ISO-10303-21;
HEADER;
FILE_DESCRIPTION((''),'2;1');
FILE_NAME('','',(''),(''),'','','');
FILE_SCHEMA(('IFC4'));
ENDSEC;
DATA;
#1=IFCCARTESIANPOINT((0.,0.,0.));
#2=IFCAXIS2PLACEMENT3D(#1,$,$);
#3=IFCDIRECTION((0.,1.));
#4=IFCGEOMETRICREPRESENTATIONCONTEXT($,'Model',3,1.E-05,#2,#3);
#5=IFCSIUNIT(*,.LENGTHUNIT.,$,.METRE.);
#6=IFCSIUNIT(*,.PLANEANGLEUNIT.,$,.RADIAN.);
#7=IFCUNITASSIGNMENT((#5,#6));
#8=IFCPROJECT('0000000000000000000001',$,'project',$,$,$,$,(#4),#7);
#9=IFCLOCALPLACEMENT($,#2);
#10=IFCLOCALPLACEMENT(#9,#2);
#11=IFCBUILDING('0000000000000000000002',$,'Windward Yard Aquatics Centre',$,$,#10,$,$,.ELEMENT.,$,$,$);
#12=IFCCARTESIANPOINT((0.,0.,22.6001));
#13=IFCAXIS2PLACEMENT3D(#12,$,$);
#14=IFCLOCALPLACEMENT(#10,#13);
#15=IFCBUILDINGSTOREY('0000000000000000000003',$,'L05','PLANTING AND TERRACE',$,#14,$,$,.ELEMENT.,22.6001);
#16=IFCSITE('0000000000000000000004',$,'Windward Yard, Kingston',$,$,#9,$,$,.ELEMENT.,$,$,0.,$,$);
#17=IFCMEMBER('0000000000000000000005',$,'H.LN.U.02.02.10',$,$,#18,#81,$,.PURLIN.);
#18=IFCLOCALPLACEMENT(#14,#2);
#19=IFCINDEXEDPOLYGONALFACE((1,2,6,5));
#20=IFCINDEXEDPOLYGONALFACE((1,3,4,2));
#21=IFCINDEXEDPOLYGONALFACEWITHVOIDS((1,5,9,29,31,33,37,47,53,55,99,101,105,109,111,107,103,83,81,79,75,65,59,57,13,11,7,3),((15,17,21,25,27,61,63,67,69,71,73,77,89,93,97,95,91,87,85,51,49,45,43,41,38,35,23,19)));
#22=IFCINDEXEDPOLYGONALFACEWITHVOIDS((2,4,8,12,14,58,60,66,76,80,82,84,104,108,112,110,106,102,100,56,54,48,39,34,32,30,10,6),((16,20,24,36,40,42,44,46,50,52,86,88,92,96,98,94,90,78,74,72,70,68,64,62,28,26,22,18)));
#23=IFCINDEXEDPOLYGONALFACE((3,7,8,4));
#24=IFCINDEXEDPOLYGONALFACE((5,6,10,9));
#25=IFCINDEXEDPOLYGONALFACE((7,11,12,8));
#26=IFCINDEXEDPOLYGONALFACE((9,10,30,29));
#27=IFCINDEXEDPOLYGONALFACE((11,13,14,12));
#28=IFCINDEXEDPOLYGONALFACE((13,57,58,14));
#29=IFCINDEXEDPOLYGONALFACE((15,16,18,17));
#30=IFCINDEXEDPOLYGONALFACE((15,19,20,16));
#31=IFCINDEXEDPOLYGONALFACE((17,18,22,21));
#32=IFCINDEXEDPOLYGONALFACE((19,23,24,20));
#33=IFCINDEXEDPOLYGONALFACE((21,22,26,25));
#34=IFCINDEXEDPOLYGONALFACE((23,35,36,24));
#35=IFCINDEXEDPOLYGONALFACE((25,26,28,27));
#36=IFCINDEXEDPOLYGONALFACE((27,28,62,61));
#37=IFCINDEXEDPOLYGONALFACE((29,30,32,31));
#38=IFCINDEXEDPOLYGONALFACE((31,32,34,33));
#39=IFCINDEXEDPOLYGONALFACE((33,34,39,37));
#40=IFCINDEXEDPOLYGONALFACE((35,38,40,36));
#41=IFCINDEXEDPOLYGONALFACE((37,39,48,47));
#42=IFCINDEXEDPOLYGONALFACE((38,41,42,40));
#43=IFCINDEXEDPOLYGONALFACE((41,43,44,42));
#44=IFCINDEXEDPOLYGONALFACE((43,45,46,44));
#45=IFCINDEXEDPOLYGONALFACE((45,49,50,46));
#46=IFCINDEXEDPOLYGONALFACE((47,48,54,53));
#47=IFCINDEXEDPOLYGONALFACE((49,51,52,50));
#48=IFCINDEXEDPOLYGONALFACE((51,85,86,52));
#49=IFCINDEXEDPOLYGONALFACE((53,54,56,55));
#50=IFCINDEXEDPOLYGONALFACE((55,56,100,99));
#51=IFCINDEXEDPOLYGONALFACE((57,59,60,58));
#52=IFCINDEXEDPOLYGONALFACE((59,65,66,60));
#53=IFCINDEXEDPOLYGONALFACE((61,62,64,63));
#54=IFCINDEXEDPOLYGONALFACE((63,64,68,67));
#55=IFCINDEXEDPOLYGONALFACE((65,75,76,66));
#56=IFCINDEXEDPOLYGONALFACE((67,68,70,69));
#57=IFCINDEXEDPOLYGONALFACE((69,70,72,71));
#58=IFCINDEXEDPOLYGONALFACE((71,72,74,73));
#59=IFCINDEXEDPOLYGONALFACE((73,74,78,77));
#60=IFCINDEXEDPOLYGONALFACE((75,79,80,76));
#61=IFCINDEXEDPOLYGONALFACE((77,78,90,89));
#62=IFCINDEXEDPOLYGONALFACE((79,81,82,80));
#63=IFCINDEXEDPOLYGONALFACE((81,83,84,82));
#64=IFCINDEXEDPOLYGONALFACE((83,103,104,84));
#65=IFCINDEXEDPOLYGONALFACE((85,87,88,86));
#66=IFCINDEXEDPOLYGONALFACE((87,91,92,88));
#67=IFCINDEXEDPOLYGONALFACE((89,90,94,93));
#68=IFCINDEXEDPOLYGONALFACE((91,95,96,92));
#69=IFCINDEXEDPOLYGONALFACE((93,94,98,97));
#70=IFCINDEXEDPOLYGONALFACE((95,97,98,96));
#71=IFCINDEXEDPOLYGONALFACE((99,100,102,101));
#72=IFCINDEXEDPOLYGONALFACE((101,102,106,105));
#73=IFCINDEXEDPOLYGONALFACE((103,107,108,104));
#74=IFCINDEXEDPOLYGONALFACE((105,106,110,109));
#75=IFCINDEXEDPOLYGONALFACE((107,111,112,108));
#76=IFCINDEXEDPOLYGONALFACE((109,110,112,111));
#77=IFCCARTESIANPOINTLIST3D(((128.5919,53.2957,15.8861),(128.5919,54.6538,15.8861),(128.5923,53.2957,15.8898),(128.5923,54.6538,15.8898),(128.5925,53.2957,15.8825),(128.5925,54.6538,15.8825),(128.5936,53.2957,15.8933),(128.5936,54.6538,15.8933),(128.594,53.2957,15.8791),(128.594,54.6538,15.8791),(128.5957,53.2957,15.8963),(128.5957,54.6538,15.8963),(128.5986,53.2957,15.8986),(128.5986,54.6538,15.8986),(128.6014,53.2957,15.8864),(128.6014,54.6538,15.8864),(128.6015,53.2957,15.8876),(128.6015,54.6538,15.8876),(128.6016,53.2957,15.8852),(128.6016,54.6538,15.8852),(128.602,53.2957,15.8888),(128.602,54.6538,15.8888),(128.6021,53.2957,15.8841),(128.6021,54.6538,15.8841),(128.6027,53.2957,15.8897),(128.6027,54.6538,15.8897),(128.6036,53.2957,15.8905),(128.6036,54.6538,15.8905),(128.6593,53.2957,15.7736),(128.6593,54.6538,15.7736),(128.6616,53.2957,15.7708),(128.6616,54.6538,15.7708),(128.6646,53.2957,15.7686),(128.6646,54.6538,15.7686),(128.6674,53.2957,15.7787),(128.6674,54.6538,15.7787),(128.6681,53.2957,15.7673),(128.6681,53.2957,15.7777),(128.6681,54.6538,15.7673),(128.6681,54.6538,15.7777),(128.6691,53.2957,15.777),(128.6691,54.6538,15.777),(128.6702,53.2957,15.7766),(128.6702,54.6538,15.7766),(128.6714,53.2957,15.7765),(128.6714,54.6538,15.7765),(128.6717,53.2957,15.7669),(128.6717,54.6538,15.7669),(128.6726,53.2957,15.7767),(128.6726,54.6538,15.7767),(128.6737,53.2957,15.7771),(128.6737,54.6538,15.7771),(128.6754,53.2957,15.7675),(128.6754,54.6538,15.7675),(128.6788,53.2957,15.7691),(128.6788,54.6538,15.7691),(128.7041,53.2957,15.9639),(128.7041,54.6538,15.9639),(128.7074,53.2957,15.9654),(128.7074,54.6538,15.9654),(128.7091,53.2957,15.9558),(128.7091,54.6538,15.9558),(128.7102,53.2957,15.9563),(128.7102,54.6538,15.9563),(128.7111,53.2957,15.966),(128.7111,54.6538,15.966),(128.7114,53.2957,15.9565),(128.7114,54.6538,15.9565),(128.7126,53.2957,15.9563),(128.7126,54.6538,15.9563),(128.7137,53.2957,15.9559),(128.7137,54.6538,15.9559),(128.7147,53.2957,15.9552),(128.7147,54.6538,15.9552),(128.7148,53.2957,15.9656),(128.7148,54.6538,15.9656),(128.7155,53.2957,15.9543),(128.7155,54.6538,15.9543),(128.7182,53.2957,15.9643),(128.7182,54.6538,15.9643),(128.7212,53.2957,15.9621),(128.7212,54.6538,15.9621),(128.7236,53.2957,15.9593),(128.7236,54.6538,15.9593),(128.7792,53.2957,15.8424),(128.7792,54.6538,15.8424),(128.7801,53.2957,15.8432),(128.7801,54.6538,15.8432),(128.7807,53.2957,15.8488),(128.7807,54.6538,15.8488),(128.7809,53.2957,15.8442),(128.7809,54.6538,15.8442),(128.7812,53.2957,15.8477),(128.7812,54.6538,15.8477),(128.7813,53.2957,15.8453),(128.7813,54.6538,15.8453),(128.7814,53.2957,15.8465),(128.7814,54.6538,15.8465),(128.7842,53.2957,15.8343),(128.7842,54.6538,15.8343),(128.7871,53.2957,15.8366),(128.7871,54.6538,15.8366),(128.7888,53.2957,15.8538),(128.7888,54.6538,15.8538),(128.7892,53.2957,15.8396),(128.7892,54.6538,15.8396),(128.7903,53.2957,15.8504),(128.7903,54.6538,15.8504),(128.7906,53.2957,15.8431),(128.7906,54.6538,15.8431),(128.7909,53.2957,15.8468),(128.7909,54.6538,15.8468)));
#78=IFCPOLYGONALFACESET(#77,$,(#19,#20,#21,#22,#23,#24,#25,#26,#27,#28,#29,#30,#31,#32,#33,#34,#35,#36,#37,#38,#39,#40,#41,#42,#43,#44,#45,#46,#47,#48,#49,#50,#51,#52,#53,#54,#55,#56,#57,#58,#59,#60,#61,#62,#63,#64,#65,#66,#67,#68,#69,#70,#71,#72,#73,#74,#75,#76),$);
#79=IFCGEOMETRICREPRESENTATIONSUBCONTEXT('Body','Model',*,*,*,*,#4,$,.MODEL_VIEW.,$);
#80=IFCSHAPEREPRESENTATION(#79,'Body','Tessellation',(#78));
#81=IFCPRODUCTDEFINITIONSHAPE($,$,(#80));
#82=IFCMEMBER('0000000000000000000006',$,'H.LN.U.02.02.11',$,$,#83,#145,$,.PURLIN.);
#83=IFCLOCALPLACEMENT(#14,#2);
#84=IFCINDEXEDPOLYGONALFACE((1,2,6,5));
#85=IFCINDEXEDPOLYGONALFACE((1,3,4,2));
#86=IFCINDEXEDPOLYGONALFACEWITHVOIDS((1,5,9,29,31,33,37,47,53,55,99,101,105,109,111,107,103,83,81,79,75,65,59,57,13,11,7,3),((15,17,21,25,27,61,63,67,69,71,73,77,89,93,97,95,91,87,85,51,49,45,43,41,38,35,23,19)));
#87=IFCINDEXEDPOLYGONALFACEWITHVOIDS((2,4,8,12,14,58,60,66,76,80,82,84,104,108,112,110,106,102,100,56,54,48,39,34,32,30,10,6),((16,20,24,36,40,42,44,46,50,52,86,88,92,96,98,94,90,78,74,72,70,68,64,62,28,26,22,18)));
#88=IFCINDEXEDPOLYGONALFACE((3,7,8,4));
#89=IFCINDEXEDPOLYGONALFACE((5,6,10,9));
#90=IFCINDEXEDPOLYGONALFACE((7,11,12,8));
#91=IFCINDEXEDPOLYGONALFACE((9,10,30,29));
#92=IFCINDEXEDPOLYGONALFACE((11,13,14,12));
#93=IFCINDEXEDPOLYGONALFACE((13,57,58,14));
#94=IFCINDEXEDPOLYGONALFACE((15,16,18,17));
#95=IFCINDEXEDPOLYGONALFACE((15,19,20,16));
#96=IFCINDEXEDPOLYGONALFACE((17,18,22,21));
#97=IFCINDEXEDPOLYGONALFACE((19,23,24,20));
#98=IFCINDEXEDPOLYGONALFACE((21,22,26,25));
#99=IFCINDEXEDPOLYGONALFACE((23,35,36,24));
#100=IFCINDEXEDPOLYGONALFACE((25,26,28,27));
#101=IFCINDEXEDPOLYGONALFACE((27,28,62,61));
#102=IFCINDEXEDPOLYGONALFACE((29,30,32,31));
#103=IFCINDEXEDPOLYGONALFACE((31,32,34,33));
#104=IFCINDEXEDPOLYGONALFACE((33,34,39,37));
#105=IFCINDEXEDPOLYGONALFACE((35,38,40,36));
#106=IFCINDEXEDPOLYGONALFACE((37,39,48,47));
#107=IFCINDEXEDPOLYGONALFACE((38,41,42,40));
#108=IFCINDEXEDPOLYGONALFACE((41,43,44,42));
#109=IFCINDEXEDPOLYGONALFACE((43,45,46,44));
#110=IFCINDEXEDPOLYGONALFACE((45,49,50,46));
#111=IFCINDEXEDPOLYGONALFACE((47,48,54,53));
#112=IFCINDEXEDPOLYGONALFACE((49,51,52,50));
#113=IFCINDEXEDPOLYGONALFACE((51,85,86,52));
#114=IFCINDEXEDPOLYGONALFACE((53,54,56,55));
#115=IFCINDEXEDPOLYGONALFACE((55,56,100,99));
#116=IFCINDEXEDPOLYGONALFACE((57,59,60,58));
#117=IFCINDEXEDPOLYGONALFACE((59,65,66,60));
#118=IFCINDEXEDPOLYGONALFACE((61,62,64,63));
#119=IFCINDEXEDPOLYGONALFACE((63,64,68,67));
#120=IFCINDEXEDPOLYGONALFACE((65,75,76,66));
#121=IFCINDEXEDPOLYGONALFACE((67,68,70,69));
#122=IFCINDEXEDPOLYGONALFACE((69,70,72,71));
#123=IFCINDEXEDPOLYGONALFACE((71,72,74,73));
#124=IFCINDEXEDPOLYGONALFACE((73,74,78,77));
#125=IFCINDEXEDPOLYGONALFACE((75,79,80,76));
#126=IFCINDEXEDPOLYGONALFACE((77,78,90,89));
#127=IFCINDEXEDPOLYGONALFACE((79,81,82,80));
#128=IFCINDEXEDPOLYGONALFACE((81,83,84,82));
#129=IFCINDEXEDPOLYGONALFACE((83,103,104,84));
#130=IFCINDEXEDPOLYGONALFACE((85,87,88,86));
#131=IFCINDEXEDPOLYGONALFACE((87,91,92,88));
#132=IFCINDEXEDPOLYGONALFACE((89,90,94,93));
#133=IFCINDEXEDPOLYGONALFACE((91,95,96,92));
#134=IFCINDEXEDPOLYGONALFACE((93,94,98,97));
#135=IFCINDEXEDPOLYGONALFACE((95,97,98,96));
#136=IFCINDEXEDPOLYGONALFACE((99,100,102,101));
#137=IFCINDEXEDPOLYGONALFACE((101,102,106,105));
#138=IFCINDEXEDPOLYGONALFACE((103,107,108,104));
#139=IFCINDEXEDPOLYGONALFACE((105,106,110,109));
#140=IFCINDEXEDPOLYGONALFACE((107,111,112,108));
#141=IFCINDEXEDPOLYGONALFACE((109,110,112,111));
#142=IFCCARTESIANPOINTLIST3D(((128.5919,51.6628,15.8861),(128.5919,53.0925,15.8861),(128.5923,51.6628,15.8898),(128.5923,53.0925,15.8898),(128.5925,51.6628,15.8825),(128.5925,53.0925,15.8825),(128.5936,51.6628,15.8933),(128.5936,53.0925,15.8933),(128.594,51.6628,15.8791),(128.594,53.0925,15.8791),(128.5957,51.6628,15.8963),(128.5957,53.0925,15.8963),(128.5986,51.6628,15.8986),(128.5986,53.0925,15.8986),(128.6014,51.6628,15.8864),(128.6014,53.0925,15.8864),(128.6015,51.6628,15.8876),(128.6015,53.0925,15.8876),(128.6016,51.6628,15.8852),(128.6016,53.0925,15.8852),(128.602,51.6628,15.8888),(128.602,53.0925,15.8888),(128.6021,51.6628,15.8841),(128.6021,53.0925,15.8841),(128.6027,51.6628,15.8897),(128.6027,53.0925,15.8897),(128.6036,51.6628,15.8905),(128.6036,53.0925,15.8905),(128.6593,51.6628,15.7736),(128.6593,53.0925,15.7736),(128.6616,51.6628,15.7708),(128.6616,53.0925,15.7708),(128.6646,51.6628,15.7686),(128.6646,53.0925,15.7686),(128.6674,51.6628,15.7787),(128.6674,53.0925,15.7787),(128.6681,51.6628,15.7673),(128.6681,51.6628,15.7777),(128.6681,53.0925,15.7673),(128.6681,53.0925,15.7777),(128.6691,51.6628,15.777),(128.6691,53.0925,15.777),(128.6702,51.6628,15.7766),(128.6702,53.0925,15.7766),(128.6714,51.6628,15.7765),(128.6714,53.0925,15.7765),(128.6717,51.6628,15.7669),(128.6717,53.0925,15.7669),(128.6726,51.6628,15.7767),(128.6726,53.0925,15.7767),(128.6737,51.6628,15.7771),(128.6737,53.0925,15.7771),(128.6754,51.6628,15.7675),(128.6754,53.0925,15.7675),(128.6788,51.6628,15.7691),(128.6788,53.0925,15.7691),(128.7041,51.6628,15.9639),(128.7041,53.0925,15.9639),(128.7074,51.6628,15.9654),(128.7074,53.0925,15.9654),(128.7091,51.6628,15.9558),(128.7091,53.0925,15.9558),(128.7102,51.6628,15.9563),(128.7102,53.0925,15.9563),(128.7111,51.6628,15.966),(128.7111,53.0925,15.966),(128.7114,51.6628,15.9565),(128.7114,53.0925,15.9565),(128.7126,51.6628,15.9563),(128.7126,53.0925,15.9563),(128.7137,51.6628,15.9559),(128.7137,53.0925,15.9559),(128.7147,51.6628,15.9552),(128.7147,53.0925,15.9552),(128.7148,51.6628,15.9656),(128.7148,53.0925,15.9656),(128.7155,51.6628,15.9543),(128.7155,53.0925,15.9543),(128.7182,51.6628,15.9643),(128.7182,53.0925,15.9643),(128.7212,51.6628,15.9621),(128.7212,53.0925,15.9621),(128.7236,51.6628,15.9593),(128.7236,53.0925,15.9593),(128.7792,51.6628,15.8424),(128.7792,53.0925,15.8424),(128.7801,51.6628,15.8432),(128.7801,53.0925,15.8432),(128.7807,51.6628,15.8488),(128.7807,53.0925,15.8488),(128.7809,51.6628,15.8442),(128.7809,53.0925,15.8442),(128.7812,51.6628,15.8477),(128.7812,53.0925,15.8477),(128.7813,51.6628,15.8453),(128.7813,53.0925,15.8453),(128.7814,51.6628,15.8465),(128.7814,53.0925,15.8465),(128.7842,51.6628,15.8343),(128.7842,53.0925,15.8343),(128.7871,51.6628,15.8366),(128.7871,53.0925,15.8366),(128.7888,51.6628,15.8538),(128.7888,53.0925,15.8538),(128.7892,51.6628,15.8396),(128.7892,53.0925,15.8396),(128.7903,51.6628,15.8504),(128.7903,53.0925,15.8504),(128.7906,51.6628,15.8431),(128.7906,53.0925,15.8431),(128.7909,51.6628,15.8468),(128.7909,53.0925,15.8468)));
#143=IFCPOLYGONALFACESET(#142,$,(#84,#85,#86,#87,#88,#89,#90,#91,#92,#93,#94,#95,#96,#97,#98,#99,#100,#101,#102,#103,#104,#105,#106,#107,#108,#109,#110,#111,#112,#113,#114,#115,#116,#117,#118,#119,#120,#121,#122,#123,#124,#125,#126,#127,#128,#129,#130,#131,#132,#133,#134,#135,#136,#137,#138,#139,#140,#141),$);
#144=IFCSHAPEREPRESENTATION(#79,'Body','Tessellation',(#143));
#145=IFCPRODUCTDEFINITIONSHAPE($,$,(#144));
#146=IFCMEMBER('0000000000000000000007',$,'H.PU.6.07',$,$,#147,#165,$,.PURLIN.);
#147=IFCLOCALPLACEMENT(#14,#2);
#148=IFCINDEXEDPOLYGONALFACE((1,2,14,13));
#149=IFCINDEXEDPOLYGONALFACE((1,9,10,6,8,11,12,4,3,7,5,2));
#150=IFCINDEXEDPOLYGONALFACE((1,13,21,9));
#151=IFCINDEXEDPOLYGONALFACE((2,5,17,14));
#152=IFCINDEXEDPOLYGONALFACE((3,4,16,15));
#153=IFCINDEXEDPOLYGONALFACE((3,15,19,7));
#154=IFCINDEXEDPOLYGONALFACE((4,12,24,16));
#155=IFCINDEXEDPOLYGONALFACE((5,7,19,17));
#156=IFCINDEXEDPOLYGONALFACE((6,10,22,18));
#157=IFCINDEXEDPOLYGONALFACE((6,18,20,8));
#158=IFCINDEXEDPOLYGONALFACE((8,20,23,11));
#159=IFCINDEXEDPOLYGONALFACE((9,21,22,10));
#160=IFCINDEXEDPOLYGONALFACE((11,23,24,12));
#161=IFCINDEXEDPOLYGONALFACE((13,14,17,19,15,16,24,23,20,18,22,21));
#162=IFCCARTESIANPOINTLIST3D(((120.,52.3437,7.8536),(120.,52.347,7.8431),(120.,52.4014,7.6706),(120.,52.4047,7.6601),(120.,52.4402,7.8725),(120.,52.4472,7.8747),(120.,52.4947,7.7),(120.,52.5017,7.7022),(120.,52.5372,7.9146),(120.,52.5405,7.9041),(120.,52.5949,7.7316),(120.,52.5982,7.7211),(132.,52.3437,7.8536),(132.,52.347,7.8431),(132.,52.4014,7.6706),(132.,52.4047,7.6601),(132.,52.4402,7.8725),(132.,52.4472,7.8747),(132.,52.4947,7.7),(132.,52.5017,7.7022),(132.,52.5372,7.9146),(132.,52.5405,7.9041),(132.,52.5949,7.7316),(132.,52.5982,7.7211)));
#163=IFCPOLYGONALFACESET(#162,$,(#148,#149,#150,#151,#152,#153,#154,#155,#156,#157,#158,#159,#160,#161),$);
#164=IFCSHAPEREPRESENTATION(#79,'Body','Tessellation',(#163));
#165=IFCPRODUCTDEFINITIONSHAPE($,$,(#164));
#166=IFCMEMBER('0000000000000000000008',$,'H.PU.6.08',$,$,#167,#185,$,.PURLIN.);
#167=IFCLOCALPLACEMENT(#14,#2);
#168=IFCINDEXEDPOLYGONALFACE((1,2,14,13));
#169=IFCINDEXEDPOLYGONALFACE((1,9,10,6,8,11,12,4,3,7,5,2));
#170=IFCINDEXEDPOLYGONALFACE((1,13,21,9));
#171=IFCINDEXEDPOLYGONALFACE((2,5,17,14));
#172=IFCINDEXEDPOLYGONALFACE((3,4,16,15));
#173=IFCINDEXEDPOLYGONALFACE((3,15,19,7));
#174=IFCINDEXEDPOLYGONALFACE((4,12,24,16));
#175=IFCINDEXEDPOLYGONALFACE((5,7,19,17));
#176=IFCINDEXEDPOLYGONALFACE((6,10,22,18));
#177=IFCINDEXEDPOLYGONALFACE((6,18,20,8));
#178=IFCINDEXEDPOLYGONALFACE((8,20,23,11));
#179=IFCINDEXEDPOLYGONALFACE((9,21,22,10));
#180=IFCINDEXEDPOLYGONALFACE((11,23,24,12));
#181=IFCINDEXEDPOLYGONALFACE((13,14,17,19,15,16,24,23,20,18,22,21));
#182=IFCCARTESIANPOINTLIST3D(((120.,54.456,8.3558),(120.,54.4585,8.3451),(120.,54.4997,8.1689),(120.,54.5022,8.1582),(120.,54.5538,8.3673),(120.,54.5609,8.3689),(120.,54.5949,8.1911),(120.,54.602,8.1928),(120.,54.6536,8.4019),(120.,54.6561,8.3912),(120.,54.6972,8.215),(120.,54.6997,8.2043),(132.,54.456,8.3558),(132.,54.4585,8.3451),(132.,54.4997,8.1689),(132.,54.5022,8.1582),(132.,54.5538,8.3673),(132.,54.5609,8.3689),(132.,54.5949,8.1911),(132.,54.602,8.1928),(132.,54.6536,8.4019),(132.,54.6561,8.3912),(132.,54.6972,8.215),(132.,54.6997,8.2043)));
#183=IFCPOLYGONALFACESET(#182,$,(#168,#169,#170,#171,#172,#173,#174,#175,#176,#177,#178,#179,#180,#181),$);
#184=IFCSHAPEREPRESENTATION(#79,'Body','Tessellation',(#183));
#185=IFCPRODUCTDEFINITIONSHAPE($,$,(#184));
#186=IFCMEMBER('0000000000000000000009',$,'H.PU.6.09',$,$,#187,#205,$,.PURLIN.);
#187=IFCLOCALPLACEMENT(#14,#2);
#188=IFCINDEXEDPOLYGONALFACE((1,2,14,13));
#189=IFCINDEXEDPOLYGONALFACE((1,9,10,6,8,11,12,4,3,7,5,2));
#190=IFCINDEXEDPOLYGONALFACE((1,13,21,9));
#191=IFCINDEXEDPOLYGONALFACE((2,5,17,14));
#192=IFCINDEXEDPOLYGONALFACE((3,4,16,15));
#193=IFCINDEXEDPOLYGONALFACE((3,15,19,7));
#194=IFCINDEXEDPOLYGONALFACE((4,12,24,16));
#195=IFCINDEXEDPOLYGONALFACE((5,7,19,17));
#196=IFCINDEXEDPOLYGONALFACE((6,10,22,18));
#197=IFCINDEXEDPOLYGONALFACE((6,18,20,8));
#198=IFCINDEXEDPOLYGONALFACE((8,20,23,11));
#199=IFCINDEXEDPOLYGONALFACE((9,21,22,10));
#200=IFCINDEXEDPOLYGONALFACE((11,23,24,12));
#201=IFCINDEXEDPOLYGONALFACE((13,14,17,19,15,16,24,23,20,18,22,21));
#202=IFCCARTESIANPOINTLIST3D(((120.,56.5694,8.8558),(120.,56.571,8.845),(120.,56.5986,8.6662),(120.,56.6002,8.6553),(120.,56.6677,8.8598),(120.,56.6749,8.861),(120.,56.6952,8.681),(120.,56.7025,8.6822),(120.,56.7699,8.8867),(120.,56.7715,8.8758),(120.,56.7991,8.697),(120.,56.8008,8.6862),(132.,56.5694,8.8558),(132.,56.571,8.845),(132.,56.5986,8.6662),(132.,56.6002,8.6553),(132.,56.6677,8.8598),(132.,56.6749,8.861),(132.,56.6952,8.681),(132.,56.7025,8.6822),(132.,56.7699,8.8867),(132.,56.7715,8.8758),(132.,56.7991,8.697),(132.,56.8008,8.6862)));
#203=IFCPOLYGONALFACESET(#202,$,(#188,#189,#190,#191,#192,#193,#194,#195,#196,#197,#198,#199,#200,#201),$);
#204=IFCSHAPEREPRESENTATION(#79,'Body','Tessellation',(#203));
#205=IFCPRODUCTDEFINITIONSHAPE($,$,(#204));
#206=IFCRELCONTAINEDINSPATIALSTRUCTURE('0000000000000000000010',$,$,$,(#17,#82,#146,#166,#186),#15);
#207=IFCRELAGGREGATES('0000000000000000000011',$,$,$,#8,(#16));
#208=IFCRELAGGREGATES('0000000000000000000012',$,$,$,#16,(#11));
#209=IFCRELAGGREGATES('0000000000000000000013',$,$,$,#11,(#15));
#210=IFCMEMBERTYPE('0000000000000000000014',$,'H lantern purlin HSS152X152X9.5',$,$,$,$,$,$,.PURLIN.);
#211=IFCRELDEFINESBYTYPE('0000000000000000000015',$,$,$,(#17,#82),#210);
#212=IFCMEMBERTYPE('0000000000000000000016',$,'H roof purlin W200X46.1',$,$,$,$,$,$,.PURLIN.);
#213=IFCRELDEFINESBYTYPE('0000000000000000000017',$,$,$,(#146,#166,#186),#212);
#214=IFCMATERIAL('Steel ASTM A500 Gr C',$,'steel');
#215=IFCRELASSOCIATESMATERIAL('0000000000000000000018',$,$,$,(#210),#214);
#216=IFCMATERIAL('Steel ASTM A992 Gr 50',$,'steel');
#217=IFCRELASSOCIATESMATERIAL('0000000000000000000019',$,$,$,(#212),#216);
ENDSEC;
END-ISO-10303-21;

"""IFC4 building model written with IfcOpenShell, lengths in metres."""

from ifc_helpers import new_model, si_unit, direction, frame, origin, origin_2d, place, context, subcontext, project, spatial, hollow_rectangle, i_section, extrude, material, material_profile, profile_set, type_object, element, save


model = new_model("IFC4")

# Units and contexts
model_context = context("Model", 3, precision=1e-05, world=origin(), true_north=direction((0.0, 1.0)))
body_context = subcontext(model_context, "Body", "Model", "MODEL_VIEW")
ifc_project = project(units=[si_unit("LENGTHUNIT", "METRE"), si_unit("PLANEANGLEUNIT", "RADIAN")], contexts=[model_context])

# Site, building, storey
site_placement = place(None, origin())
site = spatial("IfcSite", under=ifc_project, at=site_placement, Name="Windward Yard, Kingston", CompositionType="ELEMENT", RefElevation=0.0)
building_placement = place(site_placement, origin())
building = spatial("IfcBuilding", under=site, at=building_placement, Name="Windward Yard Aquatics Centre", CompositionType="ELEMENT")
storey_placement = place(building_placement, frame((0.0, 0.0, 22.6001)))
storey = spatial("IfcBuildingStorey", under=building, at=storey_placement, Name="L05", Description="PLANTING AND TERRACE", CompositionType="ELEMENT", Elevation=22.6001)

# Members
ifc_material_1 = material(Name="Steel ASTM A500 Gr C", Category="steel")
ifc_material_profile_1 = material_profile(ifc_material_1, hollow_rectangle(XDim=0.1523, YDim=0.1523, WallThickness=0.0095, InnerFilletRadius=0.0046, OuterFilletRadius=0.0142, at=origin_2d()), Name="HSS152X152X9.5")
ifc_profile_set_1 = profile_set([ifc_material_profile_1], Name="Steel ASTM A500 Gr C")
member_type_1 = type_object("IfcMemberType", Name="H lantern purlin HSS152X152X9.5", PredefinedType="PURLIN", material=ifc_profile_set_1)
member_1_placement = place(storey_placement, frame((128.6914, 54.6538, 15.8665), z_axis=(0.0, -1.0, 0.0), x_axis=(0.526172, 0.0, -0.850378)))
element("IfcMember", 1, at=member_1_placement, inside=storey, type_object=member_type_1, Name="H.LN.U.02.02.10", PredefinedType="PURLIN", context=body_context, shape_type="SweptSolid", body=[
    extrude(hollow_rectangle(XDim=0.1523, YDim=0.1523, WallThickness=0.0095, InnerFilletRadius=0.0046, OuterFilletRadius=0.0142, at=origin_2d()), origin(), (0.0, 0.0, 1.0), 1.3582),
])
member_2_placement = place(storey_placement, frame((128.6914, 53.0925, 15.8665), z_axis=(0.0, -1.0, 0.0), x_axis=(0.526172, 0.0, -0.850378)))
element("IfcMember", 2, at=member_2_placement, inside=storey, type_object=member_type_1, Name="H.LN.U.02.02.11", PredefinedType="PURLIN", context=body_context, shape_type="SweptSolid", body=[
    extrude(hollow_rectangle(XDim=0.1523, YDim=0.1523, WallThickness=0.0095, InnerFilletRadius=0.0046, OuterFilletRadius=0.0142, at=origin_2d()), origin(), (0.0, 0.0, 1.0), 1.4297),
])
ifc_material_2 = material(Name="Steel ASTM A992 Gr 50", Category="steel")
ifc_material_profile_2 = material_profile(ifc_material_2, i_section(OverallWidth=0.2029, OverallDepth=0.2029, WebThickness=0.0073, FlangeThickness=0.011, at=origin_2d()), Name="W200X46.1")
ifc_profile_set_2 = profile_set([ifc_material_profile_2], Name="Steel ASTM A992 Gr 50")
member_type_2 = type_object("IfcMemberType", Name="H roof purlin W200X46.1", PredefinedType="PURLIN", material=ifc_profile_set_2)
for number, where, z_axis, x_axis, name in (
    (3, (120.0, 52.4709, 7.7874), (1.0, 0.0, 0.0), (0.0, 0.953633, 0.300973), "H.PU.6.07"),
    (4, (120.0, 54.5779, 8.28), (1.0, 0.0, 0.0), (0.0, 0.973829, 0.227281), "H.PU.6.08"),
    (5, (120.0, 56.6851, 8.771), (1.0, 0.0, 0.0), (0.0, 0.98834, 0.152262), "H.PU.6.09"),
):
    element("IfcMember", number, at=place(storey_placement, frame(where, z_axis=z_axis, x_axis=x_axis)), inside=storey, type_object=member_type_2, Name=name, PredefinedType="PURLIN", context=body_context, shape_type="SweptSolid", body=[
        extrude(i_section(OverallWidth=0.2029, OverallDepth=0.2029, WebThickness=0.0073, FlangeThickness=0.011, at=origin_2d()), origin(), (0.0, 0.0, 1.0), 12.0),
    ])

save(model, "model.ifc")
